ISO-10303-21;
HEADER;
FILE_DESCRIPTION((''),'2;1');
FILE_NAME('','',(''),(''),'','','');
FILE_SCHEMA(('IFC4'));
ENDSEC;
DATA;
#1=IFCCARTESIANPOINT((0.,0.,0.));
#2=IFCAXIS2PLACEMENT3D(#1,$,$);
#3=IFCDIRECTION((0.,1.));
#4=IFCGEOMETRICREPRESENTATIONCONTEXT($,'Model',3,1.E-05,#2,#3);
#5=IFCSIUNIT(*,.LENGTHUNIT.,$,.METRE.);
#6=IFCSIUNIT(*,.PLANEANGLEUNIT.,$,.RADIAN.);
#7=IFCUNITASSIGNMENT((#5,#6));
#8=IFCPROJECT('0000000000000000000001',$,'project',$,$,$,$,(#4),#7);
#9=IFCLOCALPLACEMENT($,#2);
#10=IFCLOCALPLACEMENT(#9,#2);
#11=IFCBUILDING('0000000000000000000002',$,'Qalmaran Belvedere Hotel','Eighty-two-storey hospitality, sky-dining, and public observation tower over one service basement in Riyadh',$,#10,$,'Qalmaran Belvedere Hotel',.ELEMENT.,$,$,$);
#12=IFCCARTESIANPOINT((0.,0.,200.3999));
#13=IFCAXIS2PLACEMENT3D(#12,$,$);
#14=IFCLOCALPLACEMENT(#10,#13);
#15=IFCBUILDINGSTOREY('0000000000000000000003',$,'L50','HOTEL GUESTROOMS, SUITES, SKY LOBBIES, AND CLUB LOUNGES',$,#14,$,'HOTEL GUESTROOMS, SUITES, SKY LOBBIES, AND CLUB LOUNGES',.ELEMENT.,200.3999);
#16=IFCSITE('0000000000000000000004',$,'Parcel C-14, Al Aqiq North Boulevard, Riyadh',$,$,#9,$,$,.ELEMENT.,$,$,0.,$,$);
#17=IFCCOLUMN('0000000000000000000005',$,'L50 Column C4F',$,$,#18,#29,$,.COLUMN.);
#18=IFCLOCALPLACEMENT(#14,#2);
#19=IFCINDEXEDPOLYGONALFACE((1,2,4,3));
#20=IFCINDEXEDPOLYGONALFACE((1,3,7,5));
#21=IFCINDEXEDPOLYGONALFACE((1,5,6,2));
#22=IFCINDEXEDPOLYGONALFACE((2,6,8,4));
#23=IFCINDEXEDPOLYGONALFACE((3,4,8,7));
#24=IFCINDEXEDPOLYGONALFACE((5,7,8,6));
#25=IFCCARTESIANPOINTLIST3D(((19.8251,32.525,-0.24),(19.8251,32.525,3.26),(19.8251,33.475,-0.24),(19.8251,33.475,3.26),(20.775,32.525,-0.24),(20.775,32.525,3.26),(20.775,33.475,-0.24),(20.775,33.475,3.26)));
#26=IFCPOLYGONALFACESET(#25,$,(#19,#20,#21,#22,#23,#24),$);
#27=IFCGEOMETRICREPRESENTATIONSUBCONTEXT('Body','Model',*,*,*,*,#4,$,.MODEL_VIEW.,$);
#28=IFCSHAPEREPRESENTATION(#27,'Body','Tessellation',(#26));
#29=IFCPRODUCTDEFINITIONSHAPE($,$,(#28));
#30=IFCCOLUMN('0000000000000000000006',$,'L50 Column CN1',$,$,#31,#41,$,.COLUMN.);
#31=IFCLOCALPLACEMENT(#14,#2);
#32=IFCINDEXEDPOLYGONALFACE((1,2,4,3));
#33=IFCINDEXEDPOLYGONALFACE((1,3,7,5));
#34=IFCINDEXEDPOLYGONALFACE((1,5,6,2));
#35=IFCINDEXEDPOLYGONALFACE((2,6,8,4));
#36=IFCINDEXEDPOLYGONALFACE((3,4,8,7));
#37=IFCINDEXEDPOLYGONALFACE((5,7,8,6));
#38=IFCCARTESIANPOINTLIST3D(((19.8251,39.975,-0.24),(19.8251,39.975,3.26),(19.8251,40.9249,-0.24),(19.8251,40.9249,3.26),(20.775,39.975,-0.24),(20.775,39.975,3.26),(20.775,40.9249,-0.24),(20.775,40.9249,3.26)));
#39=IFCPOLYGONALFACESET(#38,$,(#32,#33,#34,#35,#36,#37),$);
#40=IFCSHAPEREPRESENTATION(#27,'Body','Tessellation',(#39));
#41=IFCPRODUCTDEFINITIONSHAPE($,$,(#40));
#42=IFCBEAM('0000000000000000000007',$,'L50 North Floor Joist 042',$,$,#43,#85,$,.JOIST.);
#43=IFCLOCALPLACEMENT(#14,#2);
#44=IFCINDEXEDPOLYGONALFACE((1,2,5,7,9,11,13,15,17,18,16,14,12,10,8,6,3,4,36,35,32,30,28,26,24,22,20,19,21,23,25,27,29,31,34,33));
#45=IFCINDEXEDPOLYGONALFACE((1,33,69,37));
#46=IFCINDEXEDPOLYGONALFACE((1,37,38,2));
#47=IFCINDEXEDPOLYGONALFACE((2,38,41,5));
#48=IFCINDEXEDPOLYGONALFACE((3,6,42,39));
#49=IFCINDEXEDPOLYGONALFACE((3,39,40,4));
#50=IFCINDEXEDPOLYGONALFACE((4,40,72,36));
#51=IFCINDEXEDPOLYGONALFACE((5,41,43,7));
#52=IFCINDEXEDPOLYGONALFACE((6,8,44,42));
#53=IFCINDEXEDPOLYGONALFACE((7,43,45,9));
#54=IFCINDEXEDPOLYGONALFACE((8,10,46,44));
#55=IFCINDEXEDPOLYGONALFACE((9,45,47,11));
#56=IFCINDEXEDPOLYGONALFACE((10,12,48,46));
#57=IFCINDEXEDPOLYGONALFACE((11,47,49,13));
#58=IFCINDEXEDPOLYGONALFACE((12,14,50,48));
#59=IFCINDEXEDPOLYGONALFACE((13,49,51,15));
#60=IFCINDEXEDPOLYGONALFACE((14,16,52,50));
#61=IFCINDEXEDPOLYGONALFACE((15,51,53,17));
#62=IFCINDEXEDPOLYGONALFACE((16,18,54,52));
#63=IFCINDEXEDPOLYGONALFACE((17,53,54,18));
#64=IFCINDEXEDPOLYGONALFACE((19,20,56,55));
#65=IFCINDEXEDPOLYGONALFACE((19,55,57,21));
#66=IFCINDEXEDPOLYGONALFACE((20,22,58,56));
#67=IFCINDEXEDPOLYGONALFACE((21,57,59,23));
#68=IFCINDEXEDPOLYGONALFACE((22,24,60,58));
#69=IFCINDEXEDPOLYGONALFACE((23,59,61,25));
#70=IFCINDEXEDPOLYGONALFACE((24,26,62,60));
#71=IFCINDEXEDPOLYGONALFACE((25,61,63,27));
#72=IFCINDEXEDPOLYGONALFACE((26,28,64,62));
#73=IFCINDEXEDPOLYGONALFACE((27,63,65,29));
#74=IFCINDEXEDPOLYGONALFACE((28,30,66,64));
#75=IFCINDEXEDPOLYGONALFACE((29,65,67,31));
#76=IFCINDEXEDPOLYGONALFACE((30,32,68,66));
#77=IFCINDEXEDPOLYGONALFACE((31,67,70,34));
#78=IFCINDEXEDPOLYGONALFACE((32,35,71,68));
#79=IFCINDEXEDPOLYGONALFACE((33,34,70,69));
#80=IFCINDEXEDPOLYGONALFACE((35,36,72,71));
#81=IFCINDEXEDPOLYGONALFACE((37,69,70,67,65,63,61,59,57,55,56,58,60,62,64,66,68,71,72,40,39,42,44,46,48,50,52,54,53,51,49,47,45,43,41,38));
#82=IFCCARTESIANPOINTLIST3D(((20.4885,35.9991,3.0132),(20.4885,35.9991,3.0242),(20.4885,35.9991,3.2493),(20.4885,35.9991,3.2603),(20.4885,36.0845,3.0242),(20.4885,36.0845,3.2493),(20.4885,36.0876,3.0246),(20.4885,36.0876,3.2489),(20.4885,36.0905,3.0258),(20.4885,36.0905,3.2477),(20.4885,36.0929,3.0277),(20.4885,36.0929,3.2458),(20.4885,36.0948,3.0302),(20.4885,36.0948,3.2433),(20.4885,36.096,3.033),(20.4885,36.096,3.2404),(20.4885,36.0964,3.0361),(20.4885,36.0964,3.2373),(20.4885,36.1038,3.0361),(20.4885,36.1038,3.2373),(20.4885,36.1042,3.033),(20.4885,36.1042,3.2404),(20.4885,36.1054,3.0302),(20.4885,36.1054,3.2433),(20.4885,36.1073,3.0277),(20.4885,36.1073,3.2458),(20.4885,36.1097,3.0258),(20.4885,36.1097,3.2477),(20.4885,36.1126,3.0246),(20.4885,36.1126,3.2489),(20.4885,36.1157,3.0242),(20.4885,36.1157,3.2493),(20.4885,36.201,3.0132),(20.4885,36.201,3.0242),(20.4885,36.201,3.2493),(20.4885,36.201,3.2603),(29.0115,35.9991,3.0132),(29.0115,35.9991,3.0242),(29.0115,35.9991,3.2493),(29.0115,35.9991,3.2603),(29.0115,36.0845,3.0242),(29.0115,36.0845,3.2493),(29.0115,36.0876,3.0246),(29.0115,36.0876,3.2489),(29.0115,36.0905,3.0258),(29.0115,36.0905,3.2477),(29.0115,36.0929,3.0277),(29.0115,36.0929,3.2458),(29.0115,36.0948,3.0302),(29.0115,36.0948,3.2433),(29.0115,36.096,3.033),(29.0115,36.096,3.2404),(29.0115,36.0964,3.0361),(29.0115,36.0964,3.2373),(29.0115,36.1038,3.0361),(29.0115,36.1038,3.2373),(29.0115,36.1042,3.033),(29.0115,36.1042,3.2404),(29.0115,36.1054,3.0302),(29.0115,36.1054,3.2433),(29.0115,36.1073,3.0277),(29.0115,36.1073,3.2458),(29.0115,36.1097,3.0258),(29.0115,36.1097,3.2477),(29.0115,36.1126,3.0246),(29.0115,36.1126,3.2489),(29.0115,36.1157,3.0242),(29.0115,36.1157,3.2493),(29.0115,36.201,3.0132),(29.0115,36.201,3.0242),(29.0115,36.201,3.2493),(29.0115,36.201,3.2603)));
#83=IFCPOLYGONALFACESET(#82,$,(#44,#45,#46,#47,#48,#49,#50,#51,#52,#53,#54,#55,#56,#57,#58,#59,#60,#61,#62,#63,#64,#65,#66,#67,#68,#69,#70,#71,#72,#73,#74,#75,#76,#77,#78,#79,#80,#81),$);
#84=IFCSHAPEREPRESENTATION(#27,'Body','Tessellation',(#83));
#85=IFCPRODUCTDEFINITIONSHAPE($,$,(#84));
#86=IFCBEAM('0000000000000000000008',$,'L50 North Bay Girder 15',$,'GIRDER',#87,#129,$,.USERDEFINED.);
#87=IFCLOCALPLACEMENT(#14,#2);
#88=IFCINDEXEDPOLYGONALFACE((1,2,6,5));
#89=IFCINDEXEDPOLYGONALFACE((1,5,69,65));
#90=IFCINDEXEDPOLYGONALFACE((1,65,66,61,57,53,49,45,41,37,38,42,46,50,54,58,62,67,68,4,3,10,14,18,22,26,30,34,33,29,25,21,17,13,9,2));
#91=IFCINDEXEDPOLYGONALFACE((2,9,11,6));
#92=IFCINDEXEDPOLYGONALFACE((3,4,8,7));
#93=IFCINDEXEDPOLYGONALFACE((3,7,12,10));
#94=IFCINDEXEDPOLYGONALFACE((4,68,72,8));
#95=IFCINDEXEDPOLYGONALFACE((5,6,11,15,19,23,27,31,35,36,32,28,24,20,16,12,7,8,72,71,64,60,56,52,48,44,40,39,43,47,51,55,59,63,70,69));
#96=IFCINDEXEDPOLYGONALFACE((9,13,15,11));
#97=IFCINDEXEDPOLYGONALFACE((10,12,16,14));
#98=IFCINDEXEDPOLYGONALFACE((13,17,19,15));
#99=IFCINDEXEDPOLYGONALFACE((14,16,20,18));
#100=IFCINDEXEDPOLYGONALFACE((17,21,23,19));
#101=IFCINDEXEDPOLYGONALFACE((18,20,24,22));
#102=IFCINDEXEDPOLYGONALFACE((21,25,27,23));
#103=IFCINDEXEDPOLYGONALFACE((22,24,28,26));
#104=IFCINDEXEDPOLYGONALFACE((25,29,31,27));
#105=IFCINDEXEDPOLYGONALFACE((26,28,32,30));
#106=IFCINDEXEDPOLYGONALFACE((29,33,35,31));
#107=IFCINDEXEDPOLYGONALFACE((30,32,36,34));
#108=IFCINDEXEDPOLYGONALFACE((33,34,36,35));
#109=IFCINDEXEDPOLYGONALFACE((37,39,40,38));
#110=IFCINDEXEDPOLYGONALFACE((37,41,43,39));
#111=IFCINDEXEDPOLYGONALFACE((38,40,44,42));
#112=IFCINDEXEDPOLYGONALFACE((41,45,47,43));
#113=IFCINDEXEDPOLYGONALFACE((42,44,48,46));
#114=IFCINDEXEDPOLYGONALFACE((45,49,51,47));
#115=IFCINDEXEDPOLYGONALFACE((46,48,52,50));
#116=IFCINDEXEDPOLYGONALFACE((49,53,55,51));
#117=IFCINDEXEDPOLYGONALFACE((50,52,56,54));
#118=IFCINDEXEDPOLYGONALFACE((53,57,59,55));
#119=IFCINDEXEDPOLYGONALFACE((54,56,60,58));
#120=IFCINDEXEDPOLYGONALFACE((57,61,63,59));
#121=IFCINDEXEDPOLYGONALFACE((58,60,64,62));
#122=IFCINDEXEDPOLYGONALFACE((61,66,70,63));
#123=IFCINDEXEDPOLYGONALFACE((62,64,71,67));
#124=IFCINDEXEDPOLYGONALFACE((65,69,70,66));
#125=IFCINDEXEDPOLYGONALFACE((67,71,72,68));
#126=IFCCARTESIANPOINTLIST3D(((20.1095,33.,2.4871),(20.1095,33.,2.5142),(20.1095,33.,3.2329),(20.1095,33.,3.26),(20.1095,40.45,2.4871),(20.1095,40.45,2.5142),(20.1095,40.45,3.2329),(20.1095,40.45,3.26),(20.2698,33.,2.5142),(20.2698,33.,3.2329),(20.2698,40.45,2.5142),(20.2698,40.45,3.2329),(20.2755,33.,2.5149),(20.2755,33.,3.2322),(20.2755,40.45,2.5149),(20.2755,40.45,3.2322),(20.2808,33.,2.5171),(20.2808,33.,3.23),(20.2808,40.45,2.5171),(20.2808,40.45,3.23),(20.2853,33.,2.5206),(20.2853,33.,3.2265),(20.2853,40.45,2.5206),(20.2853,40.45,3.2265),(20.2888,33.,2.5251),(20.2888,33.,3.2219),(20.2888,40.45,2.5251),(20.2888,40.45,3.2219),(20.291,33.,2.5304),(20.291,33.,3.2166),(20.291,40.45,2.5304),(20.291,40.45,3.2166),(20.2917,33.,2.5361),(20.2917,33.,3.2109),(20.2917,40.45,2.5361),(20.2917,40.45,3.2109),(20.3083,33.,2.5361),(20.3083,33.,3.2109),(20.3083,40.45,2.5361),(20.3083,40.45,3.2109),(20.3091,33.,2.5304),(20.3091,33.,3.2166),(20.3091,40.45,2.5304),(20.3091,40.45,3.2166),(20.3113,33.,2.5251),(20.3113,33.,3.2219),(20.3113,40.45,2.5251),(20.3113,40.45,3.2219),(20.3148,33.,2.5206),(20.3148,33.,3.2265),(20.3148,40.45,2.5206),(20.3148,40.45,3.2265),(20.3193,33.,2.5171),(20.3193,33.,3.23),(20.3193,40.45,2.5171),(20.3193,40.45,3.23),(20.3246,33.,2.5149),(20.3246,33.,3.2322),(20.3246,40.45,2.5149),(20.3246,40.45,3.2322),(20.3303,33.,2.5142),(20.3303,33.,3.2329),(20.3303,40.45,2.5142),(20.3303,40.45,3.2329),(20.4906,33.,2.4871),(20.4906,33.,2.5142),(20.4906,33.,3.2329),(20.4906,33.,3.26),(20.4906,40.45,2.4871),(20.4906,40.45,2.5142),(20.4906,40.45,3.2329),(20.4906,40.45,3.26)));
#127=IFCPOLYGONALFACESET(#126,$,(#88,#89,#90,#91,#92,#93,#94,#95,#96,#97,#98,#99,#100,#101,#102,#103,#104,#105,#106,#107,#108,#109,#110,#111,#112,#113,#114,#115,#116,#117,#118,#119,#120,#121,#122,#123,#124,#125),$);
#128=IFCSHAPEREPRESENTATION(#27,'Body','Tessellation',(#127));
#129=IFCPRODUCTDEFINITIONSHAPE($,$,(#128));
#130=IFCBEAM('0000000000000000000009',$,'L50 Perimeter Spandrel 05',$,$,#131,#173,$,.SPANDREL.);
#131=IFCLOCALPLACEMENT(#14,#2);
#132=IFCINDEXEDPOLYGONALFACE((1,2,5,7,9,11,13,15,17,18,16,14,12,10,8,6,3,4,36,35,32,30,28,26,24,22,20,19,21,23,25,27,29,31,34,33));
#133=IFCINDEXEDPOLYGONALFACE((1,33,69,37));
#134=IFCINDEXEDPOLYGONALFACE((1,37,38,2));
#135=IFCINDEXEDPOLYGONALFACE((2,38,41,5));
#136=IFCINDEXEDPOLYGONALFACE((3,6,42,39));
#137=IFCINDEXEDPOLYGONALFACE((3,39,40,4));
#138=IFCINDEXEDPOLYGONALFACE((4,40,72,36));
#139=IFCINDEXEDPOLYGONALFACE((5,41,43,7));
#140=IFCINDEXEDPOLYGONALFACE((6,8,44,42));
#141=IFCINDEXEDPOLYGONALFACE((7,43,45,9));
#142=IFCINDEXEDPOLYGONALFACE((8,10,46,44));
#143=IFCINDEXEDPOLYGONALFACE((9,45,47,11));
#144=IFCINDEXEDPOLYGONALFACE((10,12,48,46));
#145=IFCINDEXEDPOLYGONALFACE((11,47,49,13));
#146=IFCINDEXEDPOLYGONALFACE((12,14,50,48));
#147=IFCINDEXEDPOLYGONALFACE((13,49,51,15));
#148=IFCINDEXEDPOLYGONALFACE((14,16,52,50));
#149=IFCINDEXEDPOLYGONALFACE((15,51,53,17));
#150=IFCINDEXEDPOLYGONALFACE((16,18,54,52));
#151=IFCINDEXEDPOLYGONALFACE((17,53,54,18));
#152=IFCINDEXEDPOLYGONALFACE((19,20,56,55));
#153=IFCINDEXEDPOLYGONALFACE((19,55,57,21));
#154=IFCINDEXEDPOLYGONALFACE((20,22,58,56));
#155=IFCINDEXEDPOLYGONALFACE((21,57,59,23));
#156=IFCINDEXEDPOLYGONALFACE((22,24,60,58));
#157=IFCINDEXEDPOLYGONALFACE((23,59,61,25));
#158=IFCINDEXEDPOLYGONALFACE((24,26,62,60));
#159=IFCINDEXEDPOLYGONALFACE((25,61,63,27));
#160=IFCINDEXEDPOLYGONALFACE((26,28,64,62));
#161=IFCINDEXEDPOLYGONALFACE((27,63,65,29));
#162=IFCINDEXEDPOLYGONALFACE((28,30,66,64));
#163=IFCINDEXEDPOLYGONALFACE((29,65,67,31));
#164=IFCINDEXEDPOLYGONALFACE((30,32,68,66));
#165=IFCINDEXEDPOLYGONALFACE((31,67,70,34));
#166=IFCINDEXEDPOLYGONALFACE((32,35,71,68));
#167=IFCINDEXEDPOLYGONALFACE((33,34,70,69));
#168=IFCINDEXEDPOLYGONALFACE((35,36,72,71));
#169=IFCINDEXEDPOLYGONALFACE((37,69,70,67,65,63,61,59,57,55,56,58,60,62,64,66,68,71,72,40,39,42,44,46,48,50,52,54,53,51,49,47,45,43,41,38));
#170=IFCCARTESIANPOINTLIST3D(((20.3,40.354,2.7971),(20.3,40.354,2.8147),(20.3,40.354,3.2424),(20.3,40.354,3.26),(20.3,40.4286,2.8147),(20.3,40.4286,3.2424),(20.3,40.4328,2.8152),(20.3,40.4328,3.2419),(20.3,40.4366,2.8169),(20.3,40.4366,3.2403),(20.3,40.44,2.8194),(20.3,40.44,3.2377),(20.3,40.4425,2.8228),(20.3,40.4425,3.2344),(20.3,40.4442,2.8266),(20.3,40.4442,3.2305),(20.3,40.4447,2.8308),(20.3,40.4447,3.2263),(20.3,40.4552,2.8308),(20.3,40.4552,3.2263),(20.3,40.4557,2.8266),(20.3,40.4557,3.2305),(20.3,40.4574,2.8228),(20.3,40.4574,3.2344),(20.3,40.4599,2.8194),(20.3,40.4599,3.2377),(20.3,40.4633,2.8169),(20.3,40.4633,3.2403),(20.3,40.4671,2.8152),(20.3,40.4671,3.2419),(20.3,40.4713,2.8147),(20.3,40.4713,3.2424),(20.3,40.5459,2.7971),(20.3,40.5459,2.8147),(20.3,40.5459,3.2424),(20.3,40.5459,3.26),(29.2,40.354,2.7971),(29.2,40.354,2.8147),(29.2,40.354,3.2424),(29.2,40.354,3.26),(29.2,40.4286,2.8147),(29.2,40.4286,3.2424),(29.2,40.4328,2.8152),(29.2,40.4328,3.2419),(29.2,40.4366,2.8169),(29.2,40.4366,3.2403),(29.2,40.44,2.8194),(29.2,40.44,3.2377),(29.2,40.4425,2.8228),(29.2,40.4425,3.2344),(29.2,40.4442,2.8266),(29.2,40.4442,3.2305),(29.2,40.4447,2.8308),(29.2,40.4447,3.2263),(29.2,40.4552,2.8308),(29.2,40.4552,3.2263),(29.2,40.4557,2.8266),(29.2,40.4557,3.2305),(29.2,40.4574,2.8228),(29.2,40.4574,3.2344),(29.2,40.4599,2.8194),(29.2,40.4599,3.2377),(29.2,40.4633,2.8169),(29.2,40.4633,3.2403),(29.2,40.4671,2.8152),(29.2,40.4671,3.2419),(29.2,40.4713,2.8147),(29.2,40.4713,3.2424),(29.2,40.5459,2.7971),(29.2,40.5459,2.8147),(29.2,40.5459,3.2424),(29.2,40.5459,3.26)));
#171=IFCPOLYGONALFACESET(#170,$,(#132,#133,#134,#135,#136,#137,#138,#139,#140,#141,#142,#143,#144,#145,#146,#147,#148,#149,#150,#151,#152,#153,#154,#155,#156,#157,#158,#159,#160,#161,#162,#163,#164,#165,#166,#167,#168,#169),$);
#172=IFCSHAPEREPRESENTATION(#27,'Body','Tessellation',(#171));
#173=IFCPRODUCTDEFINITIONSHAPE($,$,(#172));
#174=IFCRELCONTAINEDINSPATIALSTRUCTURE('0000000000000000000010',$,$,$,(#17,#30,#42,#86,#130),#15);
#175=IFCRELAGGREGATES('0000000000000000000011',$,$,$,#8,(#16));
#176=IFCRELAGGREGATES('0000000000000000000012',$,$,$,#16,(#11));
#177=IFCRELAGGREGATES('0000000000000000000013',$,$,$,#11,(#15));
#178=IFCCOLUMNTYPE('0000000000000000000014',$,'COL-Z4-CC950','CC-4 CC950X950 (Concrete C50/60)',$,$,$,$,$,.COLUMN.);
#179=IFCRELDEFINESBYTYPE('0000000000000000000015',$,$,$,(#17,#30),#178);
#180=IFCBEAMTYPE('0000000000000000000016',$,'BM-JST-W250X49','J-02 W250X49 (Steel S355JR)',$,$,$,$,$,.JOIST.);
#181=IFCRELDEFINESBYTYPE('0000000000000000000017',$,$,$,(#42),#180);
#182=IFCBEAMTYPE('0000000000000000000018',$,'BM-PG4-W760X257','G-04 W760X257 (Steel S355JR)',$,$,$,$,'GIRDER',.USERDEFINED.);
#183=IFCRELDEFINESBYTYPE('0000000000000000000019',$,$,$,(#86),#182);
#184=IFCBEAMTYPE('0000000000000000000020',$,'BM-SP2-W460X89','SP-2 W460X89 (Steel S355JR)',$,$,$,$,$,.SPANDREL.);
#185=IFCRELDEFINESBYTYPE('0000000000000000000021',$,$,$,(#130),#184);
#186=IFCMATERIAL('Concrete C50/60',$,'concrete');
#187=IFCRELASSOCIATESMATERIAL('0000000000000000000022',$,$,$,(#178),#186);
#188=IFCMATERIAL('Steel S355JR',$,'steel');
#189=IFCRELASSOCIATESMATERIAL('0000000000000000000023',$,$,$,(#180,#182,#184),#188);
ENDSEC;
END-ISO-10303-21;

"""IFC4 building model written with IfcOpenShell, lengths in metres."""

from ifc_helpers import new_model, si_unit, direction, frame, origin, origin_2d, place, context, subcontext, project, spatial, rectangle, i_section, extrude, material, material_profile, profile_set, type_object, element, save


model = new_model("IFC4")

# Units and contexts
model_context = context("Model", 3, precision=1e-05, world=origin(), true_north=direction((0.0, 1.0)))
body_context = subcontext(model_context, "Body", "Model", "MODEL_VIEW")
ifc_project = project(units=[si_unit("LENGTHUNIT", "METRE"), si_unit("PLANEANGLEUNIT", "RADIAN")], contexts=[model_context])

# Site, building, storey
site_placement = place(None, origin())
site = spatial("IfcSite", under=ifc_project, at=site_placement, Name="Parcel C-14, Al Aqiq North Boulevard, Riyadh", CompositionType="ELEMENT", RefElevation=0.0)
building_placement = place(site_placement, origin())
building = spatial("IfcBuilding", under=site, at=building_placement, Name="Qalmaran Belvedere Hotel", Description="Eighty-two-storey hospitality, sky-dining, and public observation tower over one service basement in Riyadh", LongName="Qalmaran Belvedere Hotel", CompositionType="ELEMENT")
storey_placement = place(building_placement, frame((0.0, 0.0, 200.3999)))
storey = spatial("IfcBuildingStorey", under=building, at=storey_placement, Name="L50", Description="HOTEL GUESTROOMS, SUITES, SKY LOBBIES, AND CLUB LOUNGES", LongName="HOTEL GUESTROOMS, SUITES, SKY LOBBIES, AND CLUB LOUNGES", CompositionType="ELEMENT", Elevation=200.3999)

# Columns
ifc_material_1 = material(Name="Concrete C50/60", Category="concrete")
ifc_material_profile_1 = material_profile(ifc_material_1, rectangle(XDim=0.95, YDim=0.95, at=origin_2d()), Name="CC950X950")
ifc_profile_set_1 = profile_set([ifc_material_profile_1], Name="Concrete C50/60")
column_type = type_object("IfcColumnType", Name="COL-Z4-CC950", Description="CC-4 CC950X950 (Concrete C50/60)", PredefinedType="COLUMN", material=ifc_profile_set_1)
for number, where, z_axis, x_axis, name in (
    (1, (20.3, 33.0, -0.24), (0.0, 0.0, 1.0), (1.0, 0.0, 0.0), "L50 Column C4F"),
    (2, (20.3, 40.45, -0.24), (0.0, 0.0, 1.0), (1.0, 0.0, 0.0), "L50 Column CN1"),
):
    element("IfcColumn", number, at=place(storey_placement, frame(where, z_axis=z_axis, x_axis=x_axis)), inside=storey, type_object=column_type, Name=name, PredefinedType="COLUMN", context=body_context, shape_type="SweptSolid", body=[
        extrude(rectangle(XDim=0.95, YDim=0.95, at=origin_2d()), origin(), (0.0, 0.0, 1.0), 3.5),
    ])

# Beams
ifc_material_2 = material(Name="Steel S355JR", Category="steel")
ifc_material_profile_2 = material_profile(ifc_material_2, i_section(OverallWidth=0.2019, OverallDepth=0.2471, WebThickness=0.0073, FlangeThickness=0.011, FilletRadius=0.012, at=origin_2d()), Name="W250X49")
ifc_profile_set_2 = profile_set([ifc_material_profile_2], Name="Steel S355JR")
beam_type_1 = type_object("IfcBeamType", Name="BM-JST-W250X49", Description="J-02 W250X49 (Steel S355JR)", PredefinedType="JOIST", material=ifc_profile_set_2)
beam_1_placement = place(storey_placement, frame((20.4885, 36.1001, 3.1367), z_axis=(1.0, 0.0, 0.0), x_axis=(0.0, 1.0, 0.0)))
element("IfcBeam", 3, at=beam_1_placement, inside=storey, type_object=beam_type_1, Name="L50 North Floor Joist 042", PredefinedType="JOIST", context=body_context, shape_type="SweptSolid", body=[
    extrude(i_section(OverallWidth=0.2019, OverallDepth=0.2471, WebThickness=0.0073, FlangeThickness=0.011, FilletRadius=0.012, at=origin_2d()), origin(), (0.0, 0.0, 1.0), 8.5229),
])
ifc_material_profile_3 = material_profile(ifc_material_2, i_section(OverallWidth=0.3811, OverallDepth=0.7729, WebThickness=0.0166, FlangeThickness=0.0271, FilletRadius=0.022, at=origin_2d()), Name="W760X257")
ifc_profile_set_3 = profile_set([ifc_material_profile_3], Name="Steel S355JR")
beam_type_2 = type_object("IfcBeamType", Name="BM-PG4-W760X257", Description="G-04 W760X257 (Steel S355JR)", ElementType="GIRDER", PredefinedType="USERDEFINED", material=ifc_profile_set_3)
beam_2_placement = place(storey_placement, frame((20.3, 33.0, 2.8735), z_axis=(0.0, 1.0, 0.0), x_axis=(-1.0, 0.0, 0.0)))
element("IfcBeam", 4, at=beam_2_placement, inside=storey, type_object=beam_type_2, Name="L50 North Bay Girder 15", ObjectType="GIRDER", PredefinedType="USERDEFINED", context=body_context, shape_type="SweptSolid", body=[
    extrude(i_section(OverallWidth=0.3811, OverallDepth=0.7729, WebThickness=0.0166, FlangeThickness=0.0271, FilletRadius=0.022, at=origin_2d()), origin(), (0.0, 0.0, 1.0), 7.45),
])
ifc_material_profile_4 = material_profile(ifc_material_2, i_section(OverallWidth=0.1919, OverallDepth=0.4629, WebThickness=0.0105, FlangeThickness=0.0176, FilletRadius=0.0161, at=origin_2d()), Name="W460X89")
ifc_profile_set_4 = profile_set([ifc_material_profile_4], Name="Steel S355JR")
beam_type_3 = type_object("IfcBeamType", Name="BM-SP2-W460X89", Description="SP-2 W460X89 (Steel S355JR)", PredefinedType="SPANDREL", material=ifc_profile_set_4)
beam_3_placement = place(storey_placement, frame((20.3, 40.45, 3.0286), z_axis=(1.0, 0.0, 0.0), x_axis=(0.0, 1.0, 0.0)))
element("IfcBeam", 5, at=beam_3_placement, inside=storey, type_object=beam_type_3, Name="L50 Perimeter Spandrel 05", PredefinedType="SPANDREL", context=body_context, shape_type="SweptSolid", body=[
    extrude(i_section(OverallWidth=0.1919, OverallDepth=0.4629, WebThickness=0.0105, FlangeThickness=0.0176, FilletRadius=0.0161, at=origin_2d()), origin(), (0.0, 0.0, 1.0), 8.8999),
])

save(model, "model.ifc")
